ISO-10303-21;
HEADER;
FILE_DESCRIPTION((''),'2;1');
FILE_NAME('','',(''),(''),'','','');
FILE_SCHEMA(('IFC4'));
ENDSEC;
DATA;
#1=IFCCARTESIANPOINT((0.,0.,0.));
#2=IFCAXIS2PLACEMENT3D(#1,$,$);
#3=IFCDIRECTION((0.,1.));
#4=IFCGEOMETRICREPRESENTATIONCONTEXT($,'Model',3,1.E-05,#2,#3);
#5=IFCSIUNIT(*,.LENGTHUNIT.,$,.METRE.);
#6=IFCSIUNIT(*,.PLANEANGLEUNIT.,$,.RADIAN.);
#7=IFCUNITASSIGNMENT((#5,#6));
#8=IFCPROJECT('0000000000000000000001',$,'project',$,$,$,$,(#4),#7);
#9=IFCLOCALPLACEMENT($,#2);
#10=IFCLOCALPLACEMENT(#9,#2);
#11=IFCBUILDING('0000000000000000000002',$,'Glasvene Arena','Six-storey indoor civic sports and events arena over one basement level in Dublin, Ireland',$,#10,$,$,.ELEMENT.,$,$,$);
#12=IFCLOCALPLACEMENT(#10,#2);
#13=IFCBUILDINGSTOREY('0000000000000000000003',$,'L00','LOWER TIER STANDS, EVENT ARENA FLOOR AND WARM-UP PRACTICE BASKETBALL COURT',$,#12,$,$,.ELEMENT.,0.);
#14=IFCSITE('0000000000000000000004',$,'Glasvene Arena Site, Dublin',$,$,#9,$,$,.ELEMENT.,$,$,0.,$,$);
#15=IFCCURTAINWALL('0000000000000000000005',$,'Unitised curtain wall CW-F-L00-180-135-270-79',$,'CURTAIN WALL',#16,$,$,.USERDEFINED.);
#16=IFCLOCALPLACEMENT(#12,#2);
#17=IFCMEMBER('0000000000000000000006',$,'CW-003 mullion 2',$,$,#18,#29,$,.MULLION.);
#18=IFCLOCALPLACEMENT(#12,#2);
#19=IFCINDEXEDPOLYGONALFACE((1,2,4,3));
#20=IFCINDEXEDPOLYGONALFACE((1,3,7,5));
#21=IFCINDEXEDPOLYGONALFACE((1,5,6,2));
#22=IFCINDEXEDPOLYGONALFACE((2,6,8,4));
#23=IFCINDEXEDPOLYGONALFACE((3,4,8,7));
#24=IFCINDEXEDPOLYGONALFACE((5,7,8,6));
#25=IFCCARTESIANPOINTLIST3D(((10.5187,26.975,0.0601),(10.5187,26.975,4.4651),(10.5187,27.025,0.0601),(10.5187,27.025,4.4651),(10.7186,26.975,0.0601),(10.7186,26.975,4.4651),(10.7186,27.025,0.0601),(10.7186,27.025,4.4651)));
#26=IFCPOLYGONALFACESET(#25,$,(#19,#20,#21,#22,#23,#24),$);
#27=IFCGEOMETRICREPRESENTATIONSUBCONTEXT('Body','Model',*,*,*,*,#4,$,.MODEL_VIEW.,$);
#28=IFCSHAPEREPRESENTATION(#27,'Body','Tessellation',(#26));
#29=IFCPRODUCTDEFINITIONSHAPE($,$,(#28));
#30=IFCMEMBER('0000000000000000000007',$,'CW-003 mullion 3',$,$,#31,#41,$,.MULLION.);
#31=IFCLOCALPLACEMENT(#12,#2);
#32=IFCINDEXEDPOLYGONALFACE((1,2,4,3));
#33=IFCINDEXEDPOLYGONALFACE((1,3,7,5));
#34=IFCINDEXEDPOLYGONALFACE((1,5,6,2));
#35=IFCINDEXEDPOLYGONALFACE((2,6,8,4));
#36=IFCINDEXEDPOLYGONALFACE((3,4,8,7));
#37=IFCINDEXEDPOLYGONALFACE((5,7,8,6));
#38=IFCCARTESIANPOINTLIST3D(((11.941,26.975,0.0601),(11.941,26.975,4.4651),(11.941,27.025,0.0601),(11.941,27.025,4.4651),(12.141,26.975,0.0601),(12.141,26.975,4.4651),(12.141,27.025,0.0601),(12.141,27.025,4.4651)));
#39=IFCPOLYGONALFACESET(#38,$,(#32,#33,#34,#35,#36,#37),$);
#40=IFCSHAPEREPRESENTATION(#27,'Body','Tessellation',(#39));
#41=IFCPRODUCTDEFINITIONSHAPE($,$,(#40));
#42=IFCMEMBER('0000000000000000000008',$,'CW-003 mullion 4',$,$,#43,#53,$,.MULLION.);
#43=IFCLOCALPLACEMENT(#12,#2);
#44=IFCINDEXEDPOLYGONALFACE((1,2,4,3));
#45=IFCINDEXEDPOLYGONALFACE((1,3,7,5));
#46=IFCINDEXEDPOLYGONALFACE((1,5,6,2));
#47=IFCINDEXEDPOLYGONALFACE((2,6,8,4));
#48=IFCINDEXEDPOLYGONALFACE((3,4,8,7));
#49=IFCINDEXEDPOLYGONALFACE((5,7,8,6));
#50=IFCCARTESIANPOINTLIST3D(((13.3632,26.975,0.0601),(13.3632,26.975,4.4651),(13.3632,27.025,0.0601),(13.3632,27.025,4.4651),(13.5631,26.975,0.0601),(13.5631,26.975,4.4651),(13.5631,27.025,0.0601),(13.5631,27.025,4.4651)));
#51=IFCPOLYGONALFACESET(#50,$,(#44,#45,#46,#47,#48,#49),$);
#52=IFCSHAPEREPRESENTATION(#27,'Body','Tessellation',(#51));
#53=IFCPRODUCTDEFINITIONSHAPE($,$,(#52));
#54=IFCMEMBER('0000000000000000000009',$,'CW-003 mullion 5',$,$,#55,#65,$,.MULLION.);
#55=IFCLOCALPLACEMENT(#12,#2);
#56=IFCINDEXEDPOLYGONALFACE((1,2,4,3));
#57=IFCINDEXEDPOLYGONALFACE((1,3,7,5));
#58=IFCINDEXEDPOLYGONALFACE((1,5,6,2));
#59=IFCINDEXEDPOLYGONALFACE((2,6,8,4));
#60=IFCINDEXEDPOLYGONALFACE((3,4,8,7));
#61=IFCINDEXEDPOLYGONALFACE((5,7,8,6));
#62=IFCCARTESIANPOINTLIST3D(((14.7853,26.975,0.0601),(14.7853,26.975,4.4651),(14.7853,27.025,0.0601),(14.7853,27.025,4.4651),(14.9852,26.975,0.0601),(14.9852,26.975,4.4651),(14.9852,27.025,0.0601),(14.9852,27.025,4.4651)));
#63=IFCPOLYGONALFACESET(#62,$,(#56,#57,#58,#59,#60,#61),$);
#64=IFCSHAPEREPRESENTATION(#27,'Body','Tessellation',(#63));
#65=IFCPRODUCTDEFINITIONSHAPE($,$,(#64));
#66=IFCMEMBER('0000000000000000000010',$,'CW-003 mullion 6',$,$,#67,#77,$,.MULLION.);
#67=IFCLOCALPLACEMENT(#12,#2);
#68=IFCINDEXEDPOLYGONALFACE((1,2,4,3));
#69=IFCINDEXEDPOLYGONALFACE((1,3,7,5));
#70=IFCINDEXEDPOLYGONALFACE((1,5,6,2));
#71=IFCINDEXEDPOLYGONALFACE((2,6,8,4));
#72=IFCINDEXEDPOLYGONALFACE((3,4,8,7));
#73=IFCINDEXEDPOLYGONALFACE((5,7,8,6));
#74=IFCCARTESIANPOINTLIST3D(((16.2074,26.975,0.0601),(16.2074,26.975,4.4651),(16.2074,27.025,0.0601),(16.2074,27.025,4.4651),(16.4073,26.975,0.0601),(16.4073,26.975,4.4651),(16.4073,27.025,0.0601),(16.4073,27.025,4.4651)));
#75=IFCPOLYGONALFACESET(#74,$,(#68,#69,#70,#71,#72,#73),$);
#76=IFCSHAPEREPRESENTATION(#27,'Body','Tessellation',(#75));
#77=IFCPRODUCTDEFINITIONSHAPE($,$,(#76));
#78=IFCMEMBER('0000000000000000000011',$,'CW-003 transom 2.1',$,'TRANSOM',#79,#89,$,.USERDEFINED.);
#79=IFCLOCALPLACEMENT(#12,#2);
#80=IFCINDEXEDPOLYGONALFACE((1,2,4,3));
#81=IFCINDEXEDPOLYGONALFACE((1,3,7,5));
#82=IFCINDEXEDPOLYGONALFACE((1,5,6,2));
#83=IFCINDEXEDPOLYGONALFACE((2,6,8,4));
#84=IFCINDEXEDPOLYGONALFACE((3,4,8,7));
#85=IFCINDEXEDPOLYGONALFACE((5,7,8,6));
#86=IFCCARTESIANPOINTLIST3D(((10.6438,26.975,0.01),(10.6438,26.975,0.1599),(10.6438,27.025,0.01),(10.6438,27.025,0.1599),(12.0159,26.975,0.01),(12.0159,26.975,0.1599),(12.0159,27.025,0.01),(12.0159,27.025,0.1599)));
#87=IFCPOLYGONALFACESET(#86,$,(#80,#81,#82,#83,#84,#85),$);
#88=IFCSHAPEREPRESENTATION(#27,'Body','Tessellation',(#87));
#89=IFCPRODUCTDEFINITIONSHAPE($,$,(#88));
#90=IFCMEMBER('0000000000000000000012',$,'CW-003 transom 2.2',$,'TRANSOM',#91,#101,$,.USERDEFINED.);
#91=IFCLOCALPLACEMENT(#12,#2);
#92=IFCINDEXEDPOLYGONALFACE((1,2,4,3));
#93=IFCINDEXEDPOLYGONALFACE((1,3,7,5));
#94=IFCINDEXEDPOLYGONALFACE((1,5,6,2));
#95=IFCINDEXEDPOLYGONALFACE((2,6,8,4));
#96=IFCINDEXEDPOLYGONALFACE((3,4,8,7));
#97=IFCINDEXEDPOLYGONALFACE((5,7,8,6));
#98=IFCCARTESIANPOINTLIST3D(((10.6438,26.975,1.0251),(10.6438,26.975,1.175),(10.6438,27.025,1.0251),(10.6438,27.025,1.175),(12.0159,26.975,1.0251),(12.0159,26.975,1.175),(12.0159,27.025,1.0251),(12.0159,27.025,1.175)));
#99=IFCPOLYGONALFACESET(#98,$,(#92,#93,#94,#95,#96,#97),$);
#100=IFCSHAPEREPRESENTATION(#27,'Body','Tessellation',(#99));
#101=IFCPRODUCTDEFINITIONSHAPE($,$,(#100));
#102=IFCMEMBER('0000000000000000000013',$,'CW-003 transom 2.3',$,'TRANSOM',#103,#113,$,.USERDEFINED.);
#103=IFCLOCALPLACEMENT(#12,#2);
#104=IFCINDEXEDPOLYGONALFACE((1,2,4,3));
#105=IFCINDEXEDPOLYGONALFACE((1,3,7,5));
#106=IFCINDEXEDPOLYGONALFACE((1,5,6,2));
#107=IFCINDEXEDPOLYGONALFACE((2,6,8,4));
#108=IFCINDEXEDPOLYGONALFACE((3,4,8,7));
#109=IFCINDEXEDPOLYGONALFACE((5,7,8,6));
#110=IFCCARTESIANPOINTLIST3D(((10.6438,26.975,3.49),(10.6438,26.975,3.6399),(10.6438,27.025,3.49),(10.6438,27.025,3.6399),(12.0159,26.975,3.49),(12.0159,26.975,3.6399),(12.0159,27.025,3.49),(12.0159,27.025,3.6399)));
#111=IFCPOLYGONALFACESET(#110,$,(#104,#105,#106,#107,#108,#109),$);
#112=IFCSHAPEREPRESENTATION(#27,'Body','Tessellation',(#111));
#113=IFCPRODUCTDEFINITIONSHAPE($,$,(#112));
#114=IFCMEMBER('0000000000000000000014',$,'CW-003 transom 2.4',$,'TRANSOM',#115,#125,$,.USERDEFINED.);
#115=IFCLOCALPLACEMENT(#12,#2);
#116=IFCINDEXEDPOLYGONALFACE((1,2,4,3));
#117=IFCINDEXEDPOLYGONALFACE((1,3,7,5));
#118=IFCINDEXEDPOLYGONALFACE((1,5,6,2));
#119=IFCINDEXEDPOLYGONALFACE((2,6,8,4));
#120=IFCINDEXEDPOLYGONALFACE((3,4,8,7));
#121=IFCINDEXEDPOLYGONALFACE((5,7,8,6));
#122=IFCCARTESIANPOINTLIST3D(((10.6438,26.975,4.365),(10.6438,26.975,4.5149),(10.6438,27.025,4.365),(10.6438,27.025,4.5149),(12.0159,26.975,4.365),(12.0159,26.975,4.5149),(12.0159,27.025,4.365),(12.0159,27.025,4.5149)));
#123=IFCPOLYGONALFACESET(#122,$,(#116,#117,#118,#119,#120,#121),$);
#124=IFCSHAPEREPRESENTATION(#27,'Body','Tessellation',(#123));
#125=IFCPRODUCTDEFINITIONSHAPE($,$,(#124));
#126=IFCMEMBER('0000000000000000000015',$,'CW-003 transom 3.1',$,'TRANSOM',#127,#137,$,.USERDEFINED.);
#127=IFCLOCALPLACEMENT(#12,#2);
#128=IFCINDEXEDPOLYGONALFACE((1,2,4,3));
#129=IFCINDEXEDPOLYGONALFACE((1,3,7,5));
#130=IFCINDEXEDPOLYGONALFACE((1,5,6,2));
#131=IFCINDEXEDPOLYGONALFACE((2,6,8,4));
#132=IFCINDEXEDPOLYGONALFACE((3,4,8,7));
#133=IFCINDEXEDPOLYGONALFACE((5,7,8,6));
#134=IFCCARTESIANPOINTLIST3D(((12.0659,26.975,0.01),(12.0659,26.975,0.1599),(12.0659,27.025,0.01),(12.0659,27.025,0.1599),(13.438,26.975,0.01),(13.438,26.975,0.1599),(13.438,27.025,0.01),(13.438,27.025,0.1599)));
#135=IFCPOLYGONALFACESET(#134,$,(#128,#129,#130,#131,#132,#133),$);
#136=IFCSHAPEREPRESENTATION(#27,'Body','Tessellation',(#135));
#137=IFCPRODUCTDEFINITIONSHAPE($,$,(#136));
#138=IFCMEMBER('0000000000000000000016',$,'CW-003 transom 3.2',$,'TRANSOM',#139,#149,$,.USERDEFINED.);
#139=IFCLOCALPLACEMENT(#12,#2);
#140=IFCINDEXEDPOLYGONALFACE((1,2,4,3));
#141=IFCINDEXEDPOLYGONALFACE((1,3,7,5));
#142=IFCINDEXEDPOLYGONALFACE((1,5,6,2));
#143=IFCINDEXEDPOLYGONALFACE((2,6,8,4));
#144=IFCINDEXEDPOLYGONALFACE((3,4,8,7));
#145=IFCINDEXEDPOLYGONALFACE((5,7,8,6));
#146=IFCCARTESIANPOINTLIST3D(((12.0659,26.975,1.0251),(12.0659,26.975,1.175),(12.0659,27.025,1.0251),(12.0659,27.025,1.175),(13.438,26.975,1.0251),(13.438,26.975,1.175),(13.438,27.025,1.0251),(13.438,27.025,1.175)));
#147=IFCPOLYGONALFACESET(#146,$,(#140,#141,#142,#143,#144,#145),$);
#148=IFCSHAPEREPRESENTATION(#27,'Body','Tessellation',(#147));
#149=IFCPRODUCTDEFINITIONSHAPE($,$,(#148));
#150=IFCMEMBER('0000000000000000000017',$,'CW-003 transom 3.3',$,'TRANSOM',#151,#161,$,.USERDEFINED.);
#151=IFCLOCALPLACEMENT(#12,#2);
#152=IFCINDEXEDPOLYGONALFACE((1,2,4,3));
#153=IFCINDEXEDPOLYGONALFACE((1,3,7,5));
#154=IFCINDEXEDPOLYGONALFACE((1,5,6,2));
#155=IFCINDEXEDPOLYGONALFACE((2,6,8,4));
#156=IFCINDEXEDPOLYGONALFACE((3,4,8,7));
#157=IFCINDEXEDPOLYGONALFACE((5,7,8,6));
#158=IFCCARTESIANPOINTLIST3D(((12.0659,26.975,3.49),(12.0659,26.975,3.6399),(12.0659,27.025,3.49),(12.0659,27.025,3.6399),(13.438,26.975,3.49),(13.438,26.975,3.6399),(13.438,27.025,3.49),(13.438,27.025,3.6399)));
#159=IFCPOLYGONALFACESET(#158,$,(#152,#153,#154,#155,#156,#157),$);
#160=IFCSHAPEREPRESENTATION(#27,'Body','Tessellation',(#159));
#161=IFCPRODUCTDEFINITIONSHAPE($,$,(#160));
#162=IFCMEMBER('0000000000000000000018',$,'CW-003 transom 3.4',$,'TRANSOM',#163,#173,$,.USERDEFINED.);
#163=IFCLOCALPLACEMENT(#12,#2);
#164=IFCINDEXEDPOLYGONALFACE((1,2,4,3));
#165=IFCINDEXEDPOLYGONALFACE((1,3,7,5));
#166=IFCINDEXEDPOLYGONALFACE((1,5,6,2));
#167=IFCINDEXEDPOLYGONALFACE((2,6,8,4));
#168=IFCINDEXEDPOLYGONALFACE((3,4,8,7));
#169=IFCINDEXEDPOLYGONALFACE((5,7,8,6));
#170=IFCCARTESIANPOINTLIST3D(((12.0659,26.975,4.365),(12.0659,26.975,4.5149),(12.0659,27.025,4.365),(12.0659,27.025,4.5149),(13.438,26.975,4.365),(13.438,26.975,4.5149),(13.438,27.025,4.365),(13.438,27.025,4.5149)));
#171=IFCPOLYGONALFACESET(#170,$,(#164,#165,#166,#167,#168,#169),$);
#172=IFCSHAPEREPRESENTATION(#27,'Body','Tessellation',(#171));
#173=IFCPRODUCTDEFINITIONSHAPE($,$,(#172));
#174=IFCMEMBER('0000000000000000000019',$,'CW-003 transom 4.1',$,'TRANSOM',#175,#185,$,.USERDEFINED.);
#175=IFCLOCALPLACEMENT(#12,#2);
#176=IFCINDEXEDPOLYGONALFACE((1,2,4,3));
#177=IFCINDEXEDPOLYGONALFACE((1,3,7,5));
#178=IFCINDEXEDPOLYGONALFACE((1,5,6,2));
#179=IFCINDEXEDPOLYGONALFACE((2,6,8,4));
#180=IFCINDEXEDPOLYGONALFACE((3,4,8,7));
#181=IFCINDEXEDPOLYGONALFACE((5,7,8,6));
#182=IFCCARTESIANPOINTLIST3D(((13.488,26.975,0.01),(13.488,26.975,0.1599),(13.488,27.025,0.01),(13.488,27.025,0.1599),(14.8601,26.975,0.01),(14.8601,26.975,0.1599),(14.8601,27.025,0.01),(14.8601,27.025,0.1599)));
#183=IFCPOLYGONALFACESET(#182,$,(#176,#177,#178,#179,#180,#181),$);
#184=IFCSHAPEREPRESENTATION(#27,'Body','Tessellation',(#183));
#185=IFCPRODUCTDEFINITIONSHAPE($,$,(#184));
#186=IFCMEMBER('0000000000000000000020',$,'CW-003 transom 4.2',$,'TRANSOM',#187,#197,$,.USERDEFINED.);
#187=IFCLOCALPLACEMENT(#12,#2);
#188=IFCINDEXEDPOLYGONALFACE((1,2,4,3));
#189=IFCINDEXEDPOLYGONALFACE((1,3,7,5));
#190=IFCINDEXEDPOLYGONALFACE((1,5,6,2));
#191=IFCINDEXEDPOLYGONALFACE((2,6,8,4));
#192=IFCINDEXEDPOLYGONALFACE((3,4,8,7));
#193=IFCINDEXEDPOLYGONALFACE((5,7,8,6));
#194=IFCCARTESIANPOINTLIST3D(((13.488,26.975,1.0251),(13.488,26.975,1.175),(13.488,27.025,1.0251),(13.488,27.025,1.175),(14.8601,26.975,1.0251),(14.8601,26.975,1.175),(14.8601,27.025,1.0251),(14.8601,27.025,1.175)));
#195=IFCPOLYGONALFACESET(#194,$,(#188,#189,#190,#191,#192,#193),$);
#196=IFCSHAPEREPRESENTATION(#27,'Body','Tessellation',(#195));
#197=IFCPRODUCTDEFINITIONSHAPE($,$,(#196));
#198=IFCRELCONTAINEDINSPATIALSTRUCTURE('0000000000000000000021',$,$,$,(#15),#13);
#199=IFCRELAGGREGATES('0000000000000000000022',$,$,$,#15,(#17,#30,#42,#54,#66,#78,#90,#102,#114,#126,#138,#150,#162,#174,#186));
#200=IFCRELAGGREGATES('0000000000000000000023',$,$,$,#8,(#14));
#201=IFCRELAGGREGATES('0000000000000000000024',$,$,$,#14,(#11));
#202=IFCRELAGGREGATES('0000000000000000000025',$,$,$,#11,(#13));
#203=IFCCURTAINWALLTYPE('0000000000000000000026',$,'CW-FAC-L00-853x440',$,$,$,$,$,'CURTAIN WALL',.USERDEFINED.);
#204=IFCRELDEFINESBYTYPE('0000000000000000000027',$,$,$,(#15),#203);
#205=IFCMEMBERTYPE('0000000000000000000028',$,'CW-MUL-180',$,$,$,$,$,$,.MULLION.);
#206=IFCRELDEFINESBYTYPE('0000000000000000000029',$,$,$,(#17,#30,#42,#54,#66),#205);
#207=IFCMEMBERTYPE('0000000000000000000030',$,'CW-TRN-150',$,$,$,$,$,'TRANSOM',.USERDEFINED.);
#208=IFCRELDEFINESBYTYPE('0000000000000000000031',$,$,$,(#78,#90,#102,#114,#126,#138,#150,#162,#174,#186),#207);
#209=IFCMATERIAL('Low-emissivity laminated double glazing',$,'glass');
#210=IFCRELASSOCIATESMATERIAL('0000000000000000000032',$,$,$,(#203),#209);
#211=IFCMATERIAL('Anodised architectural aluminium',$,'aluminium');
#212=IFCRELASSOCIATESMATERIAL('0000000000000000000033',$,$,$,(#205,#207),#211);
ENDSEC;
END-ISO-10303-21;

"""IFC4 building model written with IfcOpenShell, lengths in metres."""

from ifc_helpers import new_model, si_unit, direction, frame, origin, origin_2d, place, context, subcontext, project, spatial, rectangle, extrude, material, material_profile, profile_set, type_object, element, aggregate, save


model = new_model("IFC4")

# Units and contexts
model_context = context("Model", 3, precision=1e-05, world=origin(), true_north=direction((0.0, 1.0)))
body_context = subcontext(model_context, "Body", "Model", "MODEL_VIEW")
ifc_project = project(units=[si_unit("LENGTHUNIT", "METRE"), si_unit("PLANEANGLEUNIT", "RADIAN")], contexts=[model_context])

# Site, building, storey
site_placement = place(None, origin())
site = spatial("IfcSite", under=ifc_project, at=site_placement, Name="Glasvene Arena Site, Dublin", CompositionType="ELEMENT", RefElevation=0.0)
building_placement = place(site_placement, origin())
building = spatial("IfcBuilding", under=site, at=building_placement, Name="Glasvene Arena", Description="Six-storey indoor civic sports and events arena over one basement level in Dublin, Ireland", CompositionType="ELEMENT")
storey_placement = place(building_placement, origin())
storey = spatial("IfcBuildingStorey", under=building, at=storey_placement, Name="L00", Description="LOWER TIER STANDS, EVENT ARENA FLOOR AND WARM-UP PRACTICE BASKETBALL COURT", CompositionType="ELEMENT", Elevation=0.0)

# Curtain wall, members
ifc_material_1 = material(Name="Low-emissivity laminated double glazing", Category="glass")
curtain_wall_type = type_object("IfcCurtainWallType", Name="CW-FAC-L00-853x440", ElementType="CURTAIN WALL", PredefinedType="USERDEFINED", material=ifc_material_1)
curtain_wall_placement = place(storey_placement, frame((9.1965, 27.0, 0.0)))
curtain_wall = element("IfcCurtainWall", 1, at=curtain_wall_placement, inside=storey, type_object=curtain_wall_type, Name="Unitised curtain wall CW-F-L00-180-135-270-79", ObjectType="CURTAIN WALL", PredefinedType="USERDEFINED")
ifc_material_2 = material(Name="Anodised architectural aluminium", Category="aluminium")
ifc_material_profile_1 = material_profile(ifc_material_2, rectangle(XDim=0.05, YDim=0.2, at=origin_2d()), Name="ALU MULLION 50x200")
ifc_profile_set_1 = profile_set([ifc_material_profile_1], Name="Anodised architectural aluminium")
member_type_1 = type_object("IfcMemberType", Name="CW-MUL-180", PredefinedType="MULLION", material=ifc_profile_set_1)
member_1_placement = place(storey_placement, frame((10.6187, 27.0, 0.0601), z_axis=(0.0, 0.0, 1.0), x_axis=(0.0, 1.0, 0.0)))
member_1 = element("IfcMember", 2, at=member_1_placement, type_object=member_type_1, Name="CW-003 mullion 2", PredefinedType="MULLION", context=body_context, shape_type="SweptSolid", body=[
    extrude(rectangle(XDim=0.05, YDim=0.2, at=origin_2d()), origin(), (0.0, 0.0, 1.0), 4.405),
])
member_2_placement = place(storey_placement, frame((12.041, 27.0, 0.0601), z_axis=(0.0, 0.0, 1.0), x_axis=(0.0, 1.0, 0.0)))
member_2 = element("IfcMember", 3, at=member_2_placement, type_object=member_type_1, Name="CW-003 mullion 3", PredefinedType="MULLION", context=body_context, shape_type="SweptSolid", body=[
    extrude(rectangle(XDim=0.05, YDim=0.2, at=origin_2d()), origin(), (0.0, 0.0, 1.0), 4.405),
])
member_3_placement = place(storey_placement, frame((13.4631, 27.0, 0.0601), z_axis=(0.0, 0.0, 1.0), x_axis=(0.0, 1.0, 0.0)))
member_3 = element("IfcMember", 4, at=member_3_placement, type_object=member_type_1, Name="CW-003 mullion 4", PredefinedType="MULLION", context=body_context, shape_type="SweptSolid", body=[
    extrude(rectangle(XDim=0.05, YDim=0.2, at=origin_2d()), origin(), (0.0, 0.0, 1.0), 4.405),
])
member_4_placement = place(storey_placement, frame((14.8853, 27.0, 0.0601), z_axis=(0.0, 0.0, 1.0), x_axis=(0.0, 1.0, 0.0)))
member_4 = element("IfcMember", 5, at=member_4_placement, type_object=member_type_1, Name="CW-003 mullion 5", PredefinedType="MULLION", context=body_context, shape_type="SweptSolid", body=[
    extrude(rectangle(XDim=0.05, YDim=0.2, at=origin_2d()), origin(), (0.0, 0.0, 1.0), 4.405),
])
member_5_placement = place(storey_placement, frame((16.3074, 27.0, 0.0601), z_axis=(0.0, 0.0, 1.0), x_axis=(0.0, 1.0, 0.0)))
member_5 = element("IfcMember", 6, at=member_5_placement, type_object=member_type_1, Name="CW-003 mullion 6", PredefinedType="MULLION", context=body_context, shape_type="SweptSolid", body=[
    extrude(rectangle(XDim=0.05, YDim=0.2, at=origin_2d()), origin(), (0.0, 0.0, 1.0), 4.405),
])
ifc_material_profile_2 = material_profile(ifc_material_2, rectangle(XDim=0.05, YDim=0.1499, at=origin_2d()), Name="ALU TRANSOM 50x150")
ifc_profile_set_2 = profile_set([ifc_material_profile_2], Name="Anodised architectural aluminium")
member_type_2 = type_object("IfcMemberType", Name="CW-TRN-150", ElementType="TRANSOM", PredefinedType="USERDEFINED", material=ifc_profile_set_2)
member_6_placement = place(storey_placement, frame((10.6438, 27.0, 0.085), z_axis=(1.0, 0.0, 0.0), x_axis=(0.0, 1.0, 0.0)))
member_6 = element("IfcMember", 7, at=member_6_placement, type_object=member_type_2, Name="CW-003 transom 2.1", ObjectType="TRANSOM", PredefinedType="USERDEFINED", context=body_context, shape_type="SweptSolid", body=[
    extrude(rectangle(XDim=0.05, YDim=0.1499, at=origin_2d()), origin(), (0.0, 0.0, 1.0), 1.3721),
])
member_7_placement = place(storey_placement, frame((10.6438, 27.0, 1.1001), z_axis=(1.0, 0.0, 0.0), x_axis=(0.0, 1.0, 0.0)))
member_7 = element("IfcMember", 8, at=member_7_placement, type_object=member_type_2, Name="CW-003 transom 2.2", ObjectType="TRANSOM", PredefinedType="USERDEFINED", context=body_context, shape_type="SweptSolid", body=[
    extrude(rectangle(XDim=0.05, YDim=0.1499, at=origin_2d()), origin(), (0.0, 0.0, 1.0), 1.3721),
])
member_8_placement = place(storey_placement, frame((10.6438, 27.0, 3.5649), z_axis=(1.0, 0.0, 0.0), x_axis=(0.0, 1.0, 0.0)))
member_8 = element("IfcMember", 9, at=member_8_placement, type_object=member_type_2, Name="CW-003 transom 2.3", ObjectType="TRANSOM", PredefinedType="USERDEFINED", context=body_context, shape_type="SweptSolid", body=[
    extrude(rectangle(XDim=0.05, YDim=0.1499, at=origin_2d()), origin(), (0.0, 0.0, 1.0), 1.3721),
])
member_9_placement = place(storey_placement, frame((10.6438, 27.0, 4.4399), z_axis=(1.0, 0.0, 0.0), x_axis=(0.0, 1.0, 0.0)))
member_9 = element("IfcMember", 10, at=member_9_placement, type_object=member_type_2, Name="CW-003 transom 2.4", ObjectType="TRANSOM", PredefinedType="USERDEFINED", context=body_context, shape_type="SweptSolid", body=[
    extrude(rectangle(XDim=0.05, YDim=0.1499, at=origin_2d()), origin(), (0.0, 0.0, 1.0), 1.3721),
])
member_10_placement = place(storey_placement, frame((12.0659, 27.0, 0.085), z_axis=(1.0, 0.0, 0.0), x_axis=(0.0, 1.0, 0.0)))
member_10 = element("IfcMember", 11, at=member_10_placement, type_object=member_type_2, Name="CW-003 transom 3.1", ObjectType="TRANSOM", PredefinedType="USERDEFINED", context=body_context, shape_type="SweptSolid", body=[
    extrude(rectangle(XDim=0.05, YDim=0.1499, at=origin_2d()), origin(), (0.0, 0.0, 1.0), 1.3721),
])
member_11_placement = place(storey_placement, frame((12.0659, 27.0, 1.1001), z_axis=(1.0, 0.0, 0.0), x_axis=(0.0, 1.0, 0.0)))
member_11 = element("IfcMember", 12, at=member_11_placement, type_object=member_type_2, Name="CW-003 transom 3.2", ObjectType="TRANSOM", PredefinedType="USERDEFINED", context=body_context, shape_type="SweptSolid", body=[
    extrude(rectangle(XDim=0.05, YDim=0.1499, at=origin_2d()), origin(), (0.0, 0.0, 1.0), 1.3721),
])
member_12_placement = place(storey_placement, frame((12.0659, 27.0, 3.5649), z_axis=(1.0, 0.0, 0.0), x_axis=(0.0, 1.0, 0.0)))
member_12 = element("IfcMember", 13, at=member_12_placement, type_object=member_type_2, Name="CW-003 transom 3.3", ObjectType="TRANSOM", PredefinedType="USERDEFINED", context=body_context, shape_type="SweptSolid", body=[
    extrude(rectangle(XDim=0.05, YDim=0.1499, at=origin_2d()), origin(), (0.0, 0.0, 1.0), 1.3721),
])
member_13_placement = place(storey_placement, frame((12.0659, 27.0, 4.4399), z_axis=(1.0, 0.0, 0.0), x_axis=(0.0, 1.0, 0.0)))
member_13 = element("IfcMember", 14, at=member_13_placement, type_object=member_type_2, Name="CW-003 transom 3.4", ObjectType="TRANSOM", PredefinedType="USERDEFINED", context=body_context, shape_type="SweptSolid", body=[
    extrude(rectangle(XDim=0.05, YDim=0.1499, at=origin_2d()), origin(), (0.0, 0.0, 1.0), 1.3721),
])
member_14_placement = place(storey_placement, frame((13.488, 27.0, 0.085), z_axis=(1.0, 0.0, 0.0), x_axis=(0.0, 1.0, 0.0)))
member_14 = element("IfcMember", 15, at=member_14_placement, type_object=member_type_2, Name="CW-003 transom 4.1", ObjectType="TRANSOM", PredefinedType="USERDEFINED", context=body_context, shape_type="SweptSolid", body=[
    extrude(rectangle(XDim=0.05, YDim=0.1499, at=origin_2d()), origin(), (0.0, 0.0, 1.0), 1.3721),
])
member_15_placement = place(storey_placement, frame((13.488, 27.0, 1.1001), z_axis=(1.0, 0.0, 0.0), x_axis=(0.0, 1.0, 0.0)))
member_15 = element("IfcMember", 16, at=member_15_placement, type_object=member_type_2, Name="CW-003 transom 4.2", ObjectType="TRANSOM", PredefinedType="USERDEFINED", context=body_context, shape_type="SweptSolid", body=[
    extrude(rectangle(XDim=0.05, YDim=0.1499, at=origin_2d()), origin(), (0.0, 0.0, 1.0), 1.3721),
])
aggregate(curtain_wall, [member_1, member_2, member_3, member_4, member_5, member_6, member_7, member_8, member_9, member_10, member_11, member_12, member_13, member_14, member_15])

save(model, "model.ifc")
